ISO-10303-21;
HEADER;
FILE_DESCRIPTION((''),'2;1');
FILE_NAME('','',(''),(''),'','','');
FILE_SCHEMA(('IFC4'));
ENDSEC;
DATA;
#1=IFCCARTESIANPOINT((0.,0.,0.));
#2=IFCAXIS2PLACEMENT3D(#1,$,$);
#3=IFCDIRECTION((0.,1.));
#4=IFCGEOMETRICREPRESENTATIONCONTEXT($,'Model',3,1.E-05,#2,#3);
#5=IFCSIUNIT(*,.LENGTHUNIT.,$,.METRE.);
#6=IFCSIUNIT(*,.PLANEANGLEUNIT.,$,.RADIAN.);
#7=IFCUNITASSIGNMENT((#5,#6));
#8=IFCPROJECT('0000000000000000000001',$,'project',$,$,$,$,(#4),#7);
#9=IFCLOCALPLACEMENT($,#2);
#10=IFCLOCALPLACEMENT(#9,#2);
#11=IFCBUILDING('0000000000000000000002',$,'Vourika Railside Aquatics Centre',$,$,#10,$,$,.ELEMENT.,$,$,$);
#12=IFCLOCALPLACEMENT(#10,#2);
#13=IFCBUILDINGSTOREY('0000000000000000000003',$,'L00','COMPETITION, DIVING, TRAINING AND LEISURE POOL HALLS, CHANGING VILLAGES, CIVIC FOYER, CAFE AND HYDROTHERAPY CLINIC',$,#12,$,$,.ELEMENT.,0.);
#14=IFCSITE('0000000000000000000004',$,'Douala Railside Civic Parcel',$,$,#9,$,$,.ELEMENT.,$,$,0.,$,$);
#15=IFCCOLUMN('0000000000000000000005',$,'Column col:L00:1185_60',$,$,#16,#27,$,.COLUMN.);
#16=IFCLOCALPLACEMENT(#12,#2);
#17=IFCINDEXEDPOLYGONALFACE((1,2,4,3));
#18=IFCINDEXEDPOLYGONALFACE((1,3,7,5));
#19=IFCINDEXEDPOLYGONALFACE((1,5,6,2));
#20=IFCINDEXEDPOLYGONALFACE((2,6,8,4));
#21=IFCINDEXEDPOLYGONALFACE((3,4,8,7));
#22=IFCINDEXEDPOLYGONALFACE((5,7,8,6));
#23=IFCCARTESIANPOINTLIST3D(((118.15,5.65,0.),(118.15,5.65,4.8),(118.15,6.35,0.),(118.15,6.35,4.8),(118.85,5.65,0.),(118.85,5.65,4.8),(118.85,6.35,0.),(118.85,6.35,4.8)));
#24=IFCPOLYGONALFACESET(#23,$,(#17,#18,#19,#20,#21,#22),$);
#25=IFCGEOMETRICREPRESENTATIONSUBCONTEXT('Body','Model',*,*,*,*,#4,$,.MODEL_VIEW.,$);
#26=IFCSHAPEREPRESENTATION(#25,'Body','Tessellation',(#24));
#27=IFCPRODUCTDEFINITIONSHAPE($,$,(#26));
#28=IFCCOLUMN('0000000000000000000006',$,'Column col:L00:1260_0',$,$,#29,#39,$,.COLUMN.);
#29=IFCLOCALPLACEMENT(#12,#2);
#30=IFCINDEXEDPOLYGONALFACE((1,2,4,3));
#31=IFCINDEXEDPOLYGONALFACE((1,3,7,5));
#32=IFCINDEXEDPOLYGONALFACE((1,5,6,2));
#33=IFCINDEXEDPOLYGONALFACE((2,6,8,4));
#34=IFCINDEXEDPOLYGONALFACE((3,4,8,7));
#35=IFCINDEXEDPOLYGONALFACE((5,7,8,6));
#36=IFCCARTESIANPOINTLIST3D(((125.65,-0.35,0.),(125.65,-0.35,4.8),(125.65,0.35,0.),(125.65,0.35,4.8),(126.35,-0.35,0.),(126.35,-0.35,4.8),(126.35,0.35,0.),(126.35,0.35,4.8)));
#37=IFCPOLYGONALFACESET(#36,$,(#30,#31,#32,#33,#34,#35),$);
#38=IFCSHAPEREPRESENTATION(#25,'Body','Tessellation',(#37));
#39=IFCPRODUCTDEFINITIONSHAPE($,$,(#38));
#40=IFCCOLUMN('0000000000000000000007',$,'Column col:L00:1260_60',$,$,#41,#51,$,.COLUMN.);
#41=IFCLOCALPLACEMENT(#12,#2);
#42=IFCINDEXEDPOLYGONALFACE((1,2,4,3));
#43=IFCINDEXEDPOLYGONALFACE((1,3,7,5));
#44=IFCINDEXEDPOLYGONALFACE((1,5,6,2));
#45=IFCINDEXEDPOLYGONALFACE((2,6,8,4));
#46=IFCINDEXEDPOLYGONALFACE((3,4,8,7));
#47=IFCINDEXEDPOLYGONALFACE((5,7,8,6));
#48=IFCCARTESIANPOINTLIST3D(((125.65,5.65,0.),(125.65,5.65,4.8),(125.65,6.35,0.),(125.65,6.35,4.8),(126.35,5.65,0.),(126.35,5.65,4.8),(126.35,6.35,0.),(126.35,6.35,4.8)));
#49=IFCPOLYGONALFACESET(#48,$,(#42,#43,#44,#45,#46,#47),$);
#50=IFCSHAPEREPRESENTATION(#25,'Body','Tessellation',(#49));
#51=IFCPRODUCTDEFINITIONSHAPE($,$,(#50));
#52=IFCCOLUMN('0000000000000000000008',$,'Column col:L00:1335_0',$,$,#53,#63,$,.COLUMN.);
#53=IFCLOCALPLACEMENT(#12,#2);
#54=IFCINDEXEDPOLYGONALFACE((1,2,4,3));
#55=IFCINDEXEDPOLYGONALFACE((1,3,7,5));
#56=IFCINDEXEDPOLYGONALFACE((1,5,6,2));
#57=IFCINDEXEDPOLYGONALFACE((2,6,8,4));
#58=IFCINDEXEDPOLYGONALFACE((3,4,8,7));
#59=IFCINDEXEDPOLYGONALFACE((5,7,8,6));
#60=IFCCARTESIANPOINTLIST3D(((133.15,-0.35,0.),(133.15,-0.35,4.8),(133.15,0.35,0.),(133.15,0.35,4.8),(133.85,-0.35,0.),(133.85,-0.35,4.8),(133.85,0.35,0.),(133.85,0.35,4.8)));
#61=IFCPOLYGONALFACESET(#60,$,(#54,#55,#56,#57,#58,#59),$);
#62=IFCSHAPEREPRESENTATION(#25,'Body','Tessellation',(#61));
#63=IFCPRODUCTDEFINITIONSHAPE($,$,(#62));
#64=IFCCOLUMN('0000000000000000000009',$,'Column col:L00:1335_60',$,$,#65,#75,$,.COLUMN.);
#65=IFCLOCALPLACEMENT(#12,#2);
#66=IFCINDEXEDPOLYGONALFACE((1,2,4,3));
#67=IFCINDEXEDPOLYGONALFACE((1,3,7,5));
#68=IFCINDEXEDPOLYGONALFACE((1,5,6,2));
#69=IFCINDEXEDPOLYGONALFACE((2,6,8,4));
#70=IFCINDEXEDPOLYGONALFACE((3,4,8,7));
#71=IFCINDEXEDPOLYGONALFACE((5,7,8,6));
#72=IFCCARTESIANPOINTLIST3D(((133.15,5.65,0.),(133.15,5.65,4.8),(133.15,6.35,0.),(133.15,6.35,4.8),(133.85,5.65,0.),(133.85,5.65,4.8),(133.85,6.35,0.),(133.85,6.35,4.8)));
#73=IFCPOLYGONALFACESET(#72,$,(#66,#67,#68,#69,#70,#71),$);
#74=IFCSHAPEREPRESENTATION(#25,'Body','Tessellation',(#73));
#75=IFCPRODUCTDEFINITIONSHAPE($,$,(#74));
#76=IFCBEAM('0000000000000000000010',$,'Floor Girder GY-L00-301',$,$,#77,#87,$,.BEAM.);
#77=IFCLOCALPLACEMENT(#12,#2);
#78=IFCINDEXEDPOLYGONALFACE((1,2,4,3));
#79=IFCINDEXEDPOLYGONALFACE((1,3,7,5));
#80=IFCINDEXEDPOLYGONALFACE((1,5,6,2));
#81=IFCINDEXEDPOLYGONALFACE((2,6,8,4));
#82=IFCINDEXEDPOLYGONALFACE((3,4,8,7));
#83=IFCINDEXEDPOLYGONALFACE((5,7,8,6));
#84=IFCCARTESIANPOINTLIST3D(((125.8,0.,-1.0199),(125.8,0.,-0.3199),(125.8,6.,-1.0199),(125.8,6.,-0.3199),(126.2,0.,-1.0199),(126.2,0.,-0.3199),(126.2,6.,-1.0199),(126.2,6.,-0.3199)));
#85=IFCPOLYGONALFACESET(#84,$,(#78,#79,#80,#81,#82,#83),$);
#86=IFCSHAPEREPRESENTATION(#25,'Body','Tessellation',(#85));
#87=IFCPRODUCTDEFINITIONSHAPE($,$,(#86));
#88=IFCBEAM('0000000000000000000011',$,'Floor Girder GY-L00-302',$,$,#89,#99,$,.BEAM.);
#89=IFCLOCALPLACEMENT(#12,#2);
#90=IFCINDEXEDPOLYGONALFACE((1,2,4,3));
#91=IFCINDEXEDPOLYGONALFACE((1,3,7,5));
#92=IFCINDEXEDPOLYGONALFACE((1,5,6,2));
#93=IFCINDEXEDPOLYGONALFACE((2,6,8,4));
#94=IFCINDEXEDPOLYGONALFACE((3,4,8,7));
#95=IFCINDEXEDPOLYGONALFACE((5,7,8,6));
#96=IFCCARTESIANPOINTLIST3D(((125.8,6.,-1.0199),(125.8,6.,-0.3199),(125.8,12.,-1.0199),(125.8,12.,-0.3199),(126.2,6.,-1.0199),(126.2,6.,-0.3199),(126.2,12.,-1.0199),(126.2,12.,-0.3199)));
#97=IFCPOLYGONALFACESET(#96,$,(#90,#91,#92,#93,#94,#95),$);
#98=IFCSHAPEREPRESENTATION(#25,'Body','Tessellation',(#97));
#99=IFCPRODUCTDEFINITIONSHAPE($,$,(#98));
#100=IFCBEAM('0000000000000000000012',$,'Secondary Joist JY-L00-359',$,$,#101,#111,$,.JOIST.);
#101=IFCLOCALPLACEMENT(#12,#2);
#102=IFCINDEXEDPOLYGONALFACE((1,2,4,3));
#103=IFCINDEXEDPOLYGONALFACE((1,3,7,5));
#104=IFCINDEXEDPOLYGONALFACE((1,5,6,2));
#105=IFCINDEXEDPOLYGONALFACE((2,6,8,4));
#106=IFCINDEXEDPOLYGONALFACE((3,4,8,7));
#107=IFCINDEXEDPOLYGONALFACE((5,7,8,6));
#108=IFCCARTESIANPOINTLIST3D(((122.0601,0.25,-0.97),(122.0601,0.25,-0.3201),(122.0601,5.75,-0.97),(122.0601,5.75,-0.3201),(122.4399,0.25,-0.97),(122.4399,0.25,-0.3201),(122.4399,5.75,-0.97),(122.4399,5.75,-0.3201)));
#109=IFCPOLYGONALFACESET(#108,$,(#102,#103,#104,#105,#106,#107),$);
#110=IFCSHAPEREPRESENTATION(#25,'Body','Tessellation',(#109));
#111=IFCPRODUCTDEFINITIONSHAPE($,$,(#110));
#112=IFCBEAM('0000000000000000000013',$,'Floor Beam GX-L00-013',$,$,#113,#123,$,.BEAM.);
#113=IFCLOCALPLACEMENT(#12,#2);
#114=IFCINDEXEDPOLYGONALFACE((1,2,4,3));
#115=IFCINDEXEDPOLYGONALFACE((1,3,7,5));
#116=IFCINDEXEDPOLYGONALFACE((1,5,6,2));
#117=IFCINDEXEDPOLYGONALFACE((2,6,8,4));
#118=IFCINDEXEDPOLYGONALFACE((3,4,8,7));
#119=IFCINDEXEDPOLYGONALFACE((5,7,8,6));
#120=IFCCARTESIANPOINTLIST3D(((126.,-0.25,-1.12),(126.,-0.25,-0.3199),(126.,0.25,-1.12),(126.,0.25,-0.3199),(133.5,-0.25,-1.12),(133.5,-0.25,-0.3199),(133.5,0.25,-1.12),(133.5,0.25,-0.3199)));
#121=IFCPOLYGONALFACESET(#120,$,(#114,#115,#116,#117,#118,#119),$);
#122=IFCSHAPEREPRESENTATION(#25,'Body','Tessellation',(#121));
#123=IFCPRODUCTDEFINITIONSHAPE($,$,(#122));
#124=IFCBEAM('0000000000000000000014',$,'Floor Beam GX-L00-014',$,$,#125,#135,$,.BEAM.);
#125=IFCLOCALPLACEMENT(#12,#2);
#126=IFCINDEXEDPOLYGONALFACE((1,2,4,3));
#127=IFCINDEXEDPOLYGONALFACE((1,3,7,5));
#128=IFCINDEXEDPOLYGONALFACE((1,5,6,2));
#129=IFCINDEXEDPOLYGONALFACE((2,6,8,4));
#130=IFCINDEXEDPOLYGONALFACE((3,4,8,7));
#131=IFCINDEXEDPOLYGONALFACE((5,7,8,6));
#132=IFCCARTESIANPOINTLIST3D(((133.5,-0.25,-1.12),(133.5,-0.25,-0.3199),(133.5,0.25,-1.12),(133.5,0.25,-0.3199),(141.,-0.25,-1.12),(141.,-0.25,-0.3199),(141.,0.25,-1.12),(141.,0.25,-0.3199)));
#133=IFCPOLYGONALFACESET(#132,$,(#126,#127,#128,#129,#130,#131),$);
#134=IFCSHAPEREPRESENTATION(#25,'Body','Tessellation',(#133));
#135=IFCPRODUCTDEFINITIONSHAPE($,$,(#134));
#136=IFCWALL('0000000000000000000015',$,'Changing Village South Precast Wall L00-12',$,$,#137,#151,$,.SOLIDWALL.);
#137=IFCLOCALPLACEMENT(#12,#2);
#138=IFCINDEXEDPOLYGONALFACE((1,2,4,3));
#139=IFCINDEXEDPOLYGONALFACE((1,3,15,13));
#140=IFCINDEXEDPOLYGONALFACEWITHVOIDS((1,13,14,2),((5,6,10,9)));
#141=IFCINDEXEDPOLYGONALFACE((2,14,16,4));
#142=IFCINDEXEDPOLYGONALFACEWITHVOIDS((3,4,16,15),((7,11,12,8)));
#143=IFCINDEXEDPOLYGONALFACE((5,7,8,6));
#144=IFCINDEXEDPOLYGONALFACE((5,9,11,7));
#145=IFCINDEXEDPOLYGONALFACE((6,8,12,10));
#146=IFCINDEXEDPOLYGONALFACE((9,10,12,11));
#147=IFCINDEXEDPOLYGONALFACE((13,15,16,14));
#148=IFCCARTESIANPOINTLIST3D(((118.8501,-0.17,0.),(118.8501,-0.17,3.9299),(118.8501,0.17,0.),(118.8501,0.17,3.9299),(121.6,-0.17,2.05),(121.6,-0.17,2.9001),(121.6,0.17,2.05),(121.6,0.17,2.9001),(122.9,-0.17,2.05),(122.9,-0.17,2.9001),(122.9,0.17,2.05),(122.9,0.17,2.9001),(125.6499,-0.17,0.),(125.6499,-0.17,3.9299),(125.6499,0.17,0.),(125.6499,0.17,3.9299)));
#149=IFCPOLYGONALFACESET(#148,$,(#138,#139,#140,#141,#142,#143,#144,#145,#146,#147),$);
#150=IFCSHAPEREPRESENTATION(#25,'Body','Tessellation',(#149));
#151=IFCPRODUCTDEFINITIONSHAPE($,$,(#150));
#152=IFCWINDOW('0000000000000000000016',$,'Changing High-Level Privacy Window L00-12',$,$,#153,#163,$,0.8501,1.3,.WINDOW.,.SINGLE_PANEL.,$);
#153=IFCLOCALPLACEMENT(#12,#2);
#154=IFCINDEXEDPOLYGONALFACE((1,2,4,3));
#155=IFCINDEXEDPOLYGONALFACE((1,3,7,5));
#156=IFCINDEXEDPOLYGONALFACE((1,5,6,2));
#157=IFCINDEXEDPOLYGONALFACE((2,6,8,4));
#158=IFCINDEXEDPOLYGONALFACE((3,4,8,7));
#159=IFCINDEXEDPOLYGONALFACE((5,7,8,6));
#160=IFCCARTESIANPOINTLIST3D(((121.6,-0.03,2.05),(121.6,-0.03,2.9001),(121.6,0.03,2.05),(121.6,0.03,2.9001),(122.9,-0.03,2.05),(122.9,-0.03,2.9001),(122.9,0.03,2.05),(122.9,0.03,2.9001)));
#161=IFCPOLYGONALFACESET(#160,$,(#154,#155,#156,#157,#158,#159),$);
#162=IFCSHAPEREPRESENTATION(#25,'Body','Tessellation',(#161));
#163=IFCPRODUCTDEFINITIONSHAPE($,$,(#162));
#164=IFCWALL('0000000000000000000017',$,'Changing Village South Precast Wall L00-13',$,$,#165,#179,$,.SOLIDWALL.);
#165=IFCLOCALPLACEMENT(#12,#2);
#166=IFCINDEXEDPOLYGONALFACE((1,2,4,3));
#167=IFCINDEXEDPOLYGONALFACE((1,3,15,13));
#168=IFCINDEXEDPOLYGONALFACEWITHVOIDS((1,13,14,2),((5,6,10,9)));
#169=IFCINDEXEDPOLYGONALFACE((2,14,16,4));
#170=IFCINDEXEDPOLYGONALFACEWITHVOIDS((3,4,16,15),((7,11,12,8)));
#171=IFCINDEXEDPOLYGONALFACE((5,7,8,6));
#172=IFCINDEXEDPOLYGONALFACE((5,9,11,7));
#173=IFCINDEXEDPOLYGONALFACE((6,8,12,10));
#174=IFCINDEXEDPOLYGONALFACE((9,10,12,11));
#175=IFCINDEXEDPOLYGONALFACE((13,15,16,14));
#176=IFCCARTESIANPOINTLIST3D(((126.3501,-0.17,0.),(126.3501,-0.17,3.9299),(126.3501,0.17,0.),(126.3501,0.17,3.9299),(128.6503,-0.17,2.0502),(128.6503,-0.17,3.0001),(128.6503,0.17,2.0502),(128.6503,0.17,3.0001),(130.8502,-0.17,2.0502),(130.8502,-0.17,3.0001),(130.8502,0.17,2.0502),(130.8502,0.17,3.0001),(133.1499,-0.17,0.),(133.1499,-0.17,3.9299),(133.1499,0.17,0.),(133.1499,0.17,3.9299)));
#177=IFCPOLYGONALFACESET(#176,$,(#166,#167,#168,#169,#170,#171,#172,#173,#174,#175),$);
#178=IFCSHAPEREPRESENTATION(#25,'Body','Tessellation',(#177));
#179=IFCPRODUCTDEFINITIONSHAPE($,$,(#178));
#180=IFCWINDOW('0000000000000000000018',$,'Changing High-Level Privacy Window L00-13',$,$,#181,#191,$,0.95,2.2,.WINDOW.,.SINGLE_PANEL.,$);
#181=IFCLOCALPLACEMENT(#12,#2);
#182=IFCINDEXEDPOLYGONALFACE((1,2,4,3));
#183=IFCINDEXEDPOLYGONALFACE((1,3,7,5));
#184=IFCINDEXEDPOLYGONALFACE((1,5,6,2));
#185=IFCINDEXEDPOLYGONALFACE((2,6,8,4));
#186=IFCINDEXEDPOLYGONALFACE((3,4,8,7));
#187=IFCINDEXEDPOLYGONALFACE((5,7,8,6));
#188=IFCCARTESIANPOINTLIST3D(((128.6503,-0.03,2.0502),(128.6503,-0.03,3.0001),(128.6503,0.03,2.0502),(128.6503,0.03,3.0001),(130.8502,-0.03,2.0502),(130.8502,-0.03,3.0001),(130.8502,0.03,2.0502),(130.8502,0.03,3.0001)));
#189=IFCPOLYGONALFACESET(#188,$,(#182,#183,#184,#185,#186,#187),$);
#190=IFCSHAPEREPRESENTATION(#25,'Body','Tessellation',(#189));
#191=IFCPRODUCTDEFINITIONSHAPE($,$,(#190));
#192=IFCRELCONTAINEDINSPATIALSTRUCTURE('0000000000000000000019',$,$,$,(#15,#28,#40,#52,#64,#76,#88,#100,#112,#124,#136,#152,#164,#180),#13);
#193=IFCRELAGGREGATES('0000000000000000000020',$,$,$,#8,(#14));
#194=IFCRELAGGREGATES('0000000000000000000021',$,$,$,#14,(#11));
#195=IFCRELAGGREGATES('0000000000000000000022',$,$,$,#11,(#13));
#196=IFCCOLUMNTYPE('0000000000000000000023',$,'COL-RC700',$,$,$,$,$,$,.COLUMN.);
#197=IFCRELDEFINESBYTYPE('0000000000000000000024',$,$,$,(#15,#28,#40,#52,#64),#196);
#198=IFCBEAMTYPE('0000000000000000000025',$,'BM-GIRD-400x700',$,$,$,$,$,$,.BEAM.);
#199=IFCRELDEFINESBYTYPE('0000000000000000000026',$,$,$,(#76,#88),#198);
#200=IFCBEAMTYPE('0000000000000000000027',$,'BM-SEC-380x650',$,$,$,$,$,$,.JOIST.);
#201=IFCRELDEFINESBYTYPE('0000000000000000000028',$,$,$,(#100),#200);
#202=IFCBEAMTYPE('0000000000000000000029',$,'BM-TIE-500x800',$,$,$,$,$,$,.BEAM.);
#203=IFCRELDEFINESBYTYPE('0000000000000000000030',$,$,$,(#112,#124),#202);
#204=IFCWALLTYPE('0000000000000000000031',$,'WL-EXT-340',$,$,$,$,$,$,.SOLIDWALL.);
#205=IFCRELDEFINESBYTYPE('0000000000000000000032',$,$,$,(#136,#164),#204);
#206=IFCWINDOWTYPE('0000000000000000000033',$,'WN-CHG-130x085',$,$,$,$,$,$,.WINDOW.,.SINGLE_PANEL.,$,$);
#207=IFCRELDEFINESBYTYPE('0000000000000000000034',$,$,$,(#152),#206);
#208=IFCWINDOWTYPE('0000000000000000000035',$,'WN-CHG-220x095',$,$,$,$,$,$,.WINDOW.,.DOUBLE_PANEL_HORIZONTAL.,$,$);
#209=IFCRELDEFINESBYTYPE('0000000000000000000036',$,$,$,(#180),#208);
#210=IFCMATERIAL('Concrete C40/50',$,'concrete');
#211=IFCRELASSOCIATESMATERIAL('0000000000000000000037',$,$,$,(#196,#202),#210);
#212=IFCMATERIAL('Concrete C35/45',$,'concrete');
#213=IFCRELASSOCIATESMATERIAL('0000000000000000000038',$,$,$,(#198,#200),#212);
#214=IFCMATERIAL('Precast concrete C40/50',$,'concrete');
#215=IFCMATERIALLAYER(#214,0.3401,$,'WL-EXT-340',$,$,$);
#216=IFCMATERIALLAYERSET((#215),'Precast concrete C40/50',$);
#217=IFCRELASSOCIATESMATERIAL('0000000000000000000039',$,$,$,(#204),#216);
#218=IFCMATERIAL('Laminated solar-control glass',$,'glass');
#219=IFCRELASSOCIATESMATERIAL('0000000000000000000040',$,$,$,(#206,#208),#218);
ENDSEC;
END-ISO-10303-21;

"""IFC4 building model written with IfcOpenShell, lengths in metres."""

from ifc_helpers import new_model, si_unit, direction, frame, frame_2d, origin, origin_2d, place, context, subcontext, project, spatial, rectangle, extrude, material, layer, layer_set, material_profile, profile_set, type_object, element, fill, save


model = new_model("IFC4")

# Units and contexts
model_context = context("Model", 3, precision=1e-05, world=origin(), true_north=direction((0.0, 1.0)))
body_context = subcontext(model_context, "Body", "Model", "MODEL_VIEW")
ifc_project = project(units=[si_unit("LENGTHUNIT", "METRE"), si_unit("PLANEANGLEUNIT", "RADIAN")], contexts=[model_context])

# Site, building, storey
site_placement = place(None, origin())
site = spatial("IfcSite", under=ifc_project, at=site_placement, Name="Douala Railside Civic Parcel", CompositionType="ELEMENT", RefElevation=0.0)
building_placement = place(site_placement, origin())
building = spatial("IfcBuilding", under=site, at=building_placement, Name="Vourika Railside Aquatics Centre", CompositionType="ELEMENT")
storey_placement = place(building_placement, origin())
storey = spatial("IfcBuildingStorey", under=building, at=storey_placement, Name="L00", Description="COMPETITION, DIVING, TRAINING AND LEISURE POOL HALLS, CHANGING VILLAGES, CIVIC FOYER, CAFE AND HYDROTHERAPY CLINIC", CompositionType="ELEMENT", Elevation=0.0)

# Columns
ifc_material_1 = material(Name="Concrete C40/50", Category="concrete")
ifc_material_profile_1 = material_profile(ifc_material_1, rectangle(XDim=0.7, YDim=0.7, at=origin_2d()), Name="RC 700x700")
ifc_profile_set_1 = profile_set([ifc_material_profile_1], Name="Concrete C40/50")
column_type = type_object("IfcColumnType", Name="COL-RC700", PredefinedType="COLUMN", material=ifc_profile_set_1)
for number, where, z_axis, x_axis, name in (
    (1, (118.5, 6.0, 0.0), (0.0, 0.0, 1.0), (1.0, 0.0, 0.0), "Column col:L00:1185_60"),
    (2, (126.0, 0.0, 0.0), (0.0, 0.0, 1.0), (1.0, 0.0, 0.0), "Column col:L00:1260_0"),
    (3, (126.0, 6.0, 0.0), (0.0, 0.0, 1.0), (1.0, 0.0, 0.0), "Column col:L00:1260_60"),
    (4, (133.5, 0.0, 0.0), (0.0, 0.0, 1.0), (1.0, 0.0, 0.0), "Column col:L00:1335_0"),
    (5, (133.5, 6.0, 0.0), (0.0, 0.0, 1.0), (1.0, 0.0, 0.0), "Column col:L00:1335_60"),
):
    element("IfcColumn", number, at=place(storey_placement, frame(where, z_axis=z_axis, x_axis=x_axis)), inside=storey, type_object=column_type, Name=name, PredefinedType="COLUMN", context=body_context, shape_type="SweptSolid", body=[
        extrude(rectangle(XDim=0.7, YDim=0.7, at=origin_2d()), origin(), (0.0, 0.0, 1.0), 4.8),
    ])

# Beams
ifc_material_2 = material(Name="Concrete C35/45", Category="concrete")
ifc_material_profile_2 = material_profile(ifc_material_2, rectangle(XDim=0.3999, YDim=0.7, at=origin_2d()), Name="RC 400x700")
ifc_profile_set_2 = profile_set([ifc_material_profile_2], Name="Concrete C35/45")
beam_type_1 = type_object("IfcBeamType", Name="BM-GIRD-400x700", PredefinedType="BEAM", material=ifc_profile_set_2)
for number, where, z_axis, x_axis, name in (
    (6, (126.0, 0.0, -0.6699), (0.0, 1.0, 0.0), (-1.0, 0.0, 0.0), "Floor Girder GY-L00-301"),
    (7, (126.0, 6.0, -0.6699), (0.0, 1.0, 0.0), (-1.0, 0.0, 0.0), "Floor Girder GY-L00-302"),
):
    element("IfcBeam", number, at=place(storey_placement, frame(where, z_axis=z_axis, x_axis=x_axis)), inside=storey, type_object=beam_type_1, Name=name, PredefinedType="BEAM", context=body_context, shape_type="SweptSolid", body=[
        extrude(rectangle(XDim=0.3999, YDim=0.7, at=origin_2d()), origin(), (0.0, 0.0, 1.0), 6.0),
    ])
ifc_material_profile_3 = material_profile(ifc_material_2, rectangle(XDim=0.3799, YDim=0.6499, at=origin_2d()), Name="RC 380x650")
ifc_profile_set_3 = profile_set([ifc_material_profile_3], Name="Concrete C35/45")
beam_type_2 = type_object("IfcBeamType", Name="BM-SEC-380x650", PredefinedType="JOIST", material=ifc_profile_set_3)
beam_placement = place(storey_placement, frame((122.25, 0.25, -0.645), z_axis=(0.0, 1.0, 0.0), x_axis=(-1.0, 0.0, 0.0)))
element("IfcBeam", 8, at=beam_placement, inside=storey, type_object=beam_type_2, Name="Secondary Joist JY-L00-359", PredefinedType="JOIST", context=body_context, shape_type="SweptSolid", body=[
    extrude(rectangle(XDim=0.3799, YDim=0.6499, at=origin_2d()), origin(), (0.0, 0.0, 1.0), 5.5),
])
ifc_material_profile_4 = material_profile(ifc_material_1, rectangle(XDim=0.5, YDim=0.8, at=origin_2d()), Name="RC 500x800")
ifc_profile_set_4 = profile_set([ifc_material_profile_4], Name="Concrete C40/50")
beam_type_3 = type_object("IfcBeamType", Name="BM-TIE-500x800", PredefinedType="BEAM", material=ifc_profile_set_4)
for number, where, z_axis, x_axis, name in (
    (9, (126.0, 0.0, -0.72), (1.0, 0.0, 0.0), (0.0, 1.0, 0.0), "Floor Beam GX-L00-013"),
    (10, (133.5, 0.0, -0.72), (1.0, 0.0, 0.0), (0.0, 1.0, 0.0), "Floor Beam GX-L00-014"),
):
    element("IfcBeam", number, at=place(storey_placement, frame(where, z_axis=z_axis, x_axis=x_axis)), inside=storey, type_object=beam_type_3, Name=name, PredefinedType="BEAM", context=body_context, shape_type="SweptSolid", body=[
        extrude(rectangle(XDim=0.5, YDim=0.8, at=origin_2d()), origin(), (0.0, 0.0, 1.0), 7.5),
    ])

# Walls, openings, windows
ifc_material_3 = material(Name="Precast concrete C40/50", Category="concrete")
ifc_layer_1 = layer(ifc_material_3, 0.3401, Name="WL-EXT-340")
ifc_layer_set_1 = layer_set([ifc_layer_1], Name="Precast concrete C40/50")
wall_type = type_object("IfcWallType", Name="WL-EXT-340", PredefinedType="SOLIDWALL", material=ifc_layer_set_1)
wall_1_placement = place(storey_placement, frame((118.8501, 0.0, 0.0), z_axis=(0.0, 0.0, 1.0), x_axis=(1.0, 0.0, 0.0)))
wall_1 = element("IfcWall", 11, at=wall_1_placement, inside=storey, type_object=wall_type, Name="Changing Village South Precast Wall L00-12", PredefinedType="SOLIDWALL", context=body_context, shape_type="SweptSolid", body=[
    extrude(rectangle(XDim=6.7998, YDim=0.3401, at=frame_2d((3.3999, 0.0))), origin(), (0.0, 0.0, 1.0), 3.9299),
])
opening_1_placement = place(wall_1_placement, frame((2.75, 0.0, 2.05)))
opening_1 = element("IfcOpeningElement", 12, at=opening_1_placement, cuts=wall_1, PredefinedType="OPENING", context=body_context, shape_type="SweptSolid", body=[
    extrude(rectangle(XDim=1.3, YDim=0.8501, at=frame_2d((0.6499, 0.425))), frame((0.0, 0.1802, 0.0), z_axis=(0.0, -1.0, 0.0), x_axis=(1.0, 0.0, 0.0)), (0.0, 0.0, 1.0), 0.3601),
])
ifc_material_4 = material(Name="Laminated solar-control glass", Category="glass")
window_type_1 = type_object("IfcWindowType", Name="WN-CHG-130x085", PartitioningType="SINGLE_PANEL", PredefinedType="WINDOW", material=ifc_material_4)
window_1_placement = place(opening_1_placement, origin())
window_1 = element("IfcWindow", 13, at=window_1_placement, inside=storey, type_object=window_type_1, Name="Changing High-Level Privacy Window L00-12", OverallHeight=0.8501, OverallWidth=1.3, PartitioningType="SINGLE_PANEL", PredefinedType="WINDOW", context=body_context, shape_type="SweptSolid", body=[
    extrude(rectangle(XDim=1.3, YDim=0.8501, at=frame_2d((0.6499, 0.425))), frame((0.0, 0.03, 0.0), z_axis=(0.0, -1.0, 0.0), x_axis=(1.0, 0.0, 0.0)), (0.0, 0.0, 1.0), 0.0601),
])
fill(opening_1, window_1)
wall_2_placement = place(storey_placement, frame((126.3501, 0.0, 0.0), z_axis=(0.0, 0.0, 1.0), x_axis=(1.0, 0.0, 0.0)))
wall_2 = element("IfcWall", 14, at=wall_2_placement, inside=storey, type_object=wall_type, Name="Changing Village South Precast Wall L00-13", PredefinedType="SOLIDWALL", context=body_context, shape_type="SweptSolid", body=[
    extrude(rectangle(XDim=6.7998, YDim=0.3401, at=frame_2d((3.3999, 0.0))), origin(), (0.0, 0.0, 1.0), 3.9299),
])
opening_2_placement = place(wall_2_placement, frame((2.3, 0.0, 2.05)))
opening_2 = element("IfcOpeningElement", 15, at=opening_2_placement, cuts=wall_2, PredefinedType="OPENING", context=body_context, shape_type="SweptSolid", body=[
    extrude(rectangle(XDim=2.2, YDim=0.95, at=frame_2d((1.1001, 0.4751))), frame((0.0, 0.1802, 0.0), z_axis=(0.0, -1.0, 0.0), x_axis=(1.0, 0.0, 0.0)), (0.0, 0.0, 1.0), 0.3601),
])
window_type_2 = type_object("IfcWindowType", Name="WN-CHG-220x095", PartitioningType="DOUBLE_PANEL_HORIZONTAL", PredefinedType="WINDOW", material=ifc_material_4)
window_2_placement = place(opening_2_placement, origin())
window_2 = element("IfcWindow", 16, at=window_2_placement, inside=storey, type_object=window_type_2, Name="Changing High-Level Privacy Window L00-13", OverallHeight=0.95, OverallWidth=2.2, PartitioningType="SINGLE_PANEL", PredefinedType="WINDOW", context=body_context, shape_type="SweptSolid", body=[
    extrude(rectangle(XDim=2.2, YDim=0.95, at=frame_2d((1.1001, 0.4751))), frame((0.0, 0.03, 0.0), z_axis=(0.0, -1.0, 0.0), x_axis=(1.0, 0.0, 0.0)), (0.0, 0.0, 1.0), 0.0601),
])
fill(opening_2, window_2)

save(model, "model.ifc")
